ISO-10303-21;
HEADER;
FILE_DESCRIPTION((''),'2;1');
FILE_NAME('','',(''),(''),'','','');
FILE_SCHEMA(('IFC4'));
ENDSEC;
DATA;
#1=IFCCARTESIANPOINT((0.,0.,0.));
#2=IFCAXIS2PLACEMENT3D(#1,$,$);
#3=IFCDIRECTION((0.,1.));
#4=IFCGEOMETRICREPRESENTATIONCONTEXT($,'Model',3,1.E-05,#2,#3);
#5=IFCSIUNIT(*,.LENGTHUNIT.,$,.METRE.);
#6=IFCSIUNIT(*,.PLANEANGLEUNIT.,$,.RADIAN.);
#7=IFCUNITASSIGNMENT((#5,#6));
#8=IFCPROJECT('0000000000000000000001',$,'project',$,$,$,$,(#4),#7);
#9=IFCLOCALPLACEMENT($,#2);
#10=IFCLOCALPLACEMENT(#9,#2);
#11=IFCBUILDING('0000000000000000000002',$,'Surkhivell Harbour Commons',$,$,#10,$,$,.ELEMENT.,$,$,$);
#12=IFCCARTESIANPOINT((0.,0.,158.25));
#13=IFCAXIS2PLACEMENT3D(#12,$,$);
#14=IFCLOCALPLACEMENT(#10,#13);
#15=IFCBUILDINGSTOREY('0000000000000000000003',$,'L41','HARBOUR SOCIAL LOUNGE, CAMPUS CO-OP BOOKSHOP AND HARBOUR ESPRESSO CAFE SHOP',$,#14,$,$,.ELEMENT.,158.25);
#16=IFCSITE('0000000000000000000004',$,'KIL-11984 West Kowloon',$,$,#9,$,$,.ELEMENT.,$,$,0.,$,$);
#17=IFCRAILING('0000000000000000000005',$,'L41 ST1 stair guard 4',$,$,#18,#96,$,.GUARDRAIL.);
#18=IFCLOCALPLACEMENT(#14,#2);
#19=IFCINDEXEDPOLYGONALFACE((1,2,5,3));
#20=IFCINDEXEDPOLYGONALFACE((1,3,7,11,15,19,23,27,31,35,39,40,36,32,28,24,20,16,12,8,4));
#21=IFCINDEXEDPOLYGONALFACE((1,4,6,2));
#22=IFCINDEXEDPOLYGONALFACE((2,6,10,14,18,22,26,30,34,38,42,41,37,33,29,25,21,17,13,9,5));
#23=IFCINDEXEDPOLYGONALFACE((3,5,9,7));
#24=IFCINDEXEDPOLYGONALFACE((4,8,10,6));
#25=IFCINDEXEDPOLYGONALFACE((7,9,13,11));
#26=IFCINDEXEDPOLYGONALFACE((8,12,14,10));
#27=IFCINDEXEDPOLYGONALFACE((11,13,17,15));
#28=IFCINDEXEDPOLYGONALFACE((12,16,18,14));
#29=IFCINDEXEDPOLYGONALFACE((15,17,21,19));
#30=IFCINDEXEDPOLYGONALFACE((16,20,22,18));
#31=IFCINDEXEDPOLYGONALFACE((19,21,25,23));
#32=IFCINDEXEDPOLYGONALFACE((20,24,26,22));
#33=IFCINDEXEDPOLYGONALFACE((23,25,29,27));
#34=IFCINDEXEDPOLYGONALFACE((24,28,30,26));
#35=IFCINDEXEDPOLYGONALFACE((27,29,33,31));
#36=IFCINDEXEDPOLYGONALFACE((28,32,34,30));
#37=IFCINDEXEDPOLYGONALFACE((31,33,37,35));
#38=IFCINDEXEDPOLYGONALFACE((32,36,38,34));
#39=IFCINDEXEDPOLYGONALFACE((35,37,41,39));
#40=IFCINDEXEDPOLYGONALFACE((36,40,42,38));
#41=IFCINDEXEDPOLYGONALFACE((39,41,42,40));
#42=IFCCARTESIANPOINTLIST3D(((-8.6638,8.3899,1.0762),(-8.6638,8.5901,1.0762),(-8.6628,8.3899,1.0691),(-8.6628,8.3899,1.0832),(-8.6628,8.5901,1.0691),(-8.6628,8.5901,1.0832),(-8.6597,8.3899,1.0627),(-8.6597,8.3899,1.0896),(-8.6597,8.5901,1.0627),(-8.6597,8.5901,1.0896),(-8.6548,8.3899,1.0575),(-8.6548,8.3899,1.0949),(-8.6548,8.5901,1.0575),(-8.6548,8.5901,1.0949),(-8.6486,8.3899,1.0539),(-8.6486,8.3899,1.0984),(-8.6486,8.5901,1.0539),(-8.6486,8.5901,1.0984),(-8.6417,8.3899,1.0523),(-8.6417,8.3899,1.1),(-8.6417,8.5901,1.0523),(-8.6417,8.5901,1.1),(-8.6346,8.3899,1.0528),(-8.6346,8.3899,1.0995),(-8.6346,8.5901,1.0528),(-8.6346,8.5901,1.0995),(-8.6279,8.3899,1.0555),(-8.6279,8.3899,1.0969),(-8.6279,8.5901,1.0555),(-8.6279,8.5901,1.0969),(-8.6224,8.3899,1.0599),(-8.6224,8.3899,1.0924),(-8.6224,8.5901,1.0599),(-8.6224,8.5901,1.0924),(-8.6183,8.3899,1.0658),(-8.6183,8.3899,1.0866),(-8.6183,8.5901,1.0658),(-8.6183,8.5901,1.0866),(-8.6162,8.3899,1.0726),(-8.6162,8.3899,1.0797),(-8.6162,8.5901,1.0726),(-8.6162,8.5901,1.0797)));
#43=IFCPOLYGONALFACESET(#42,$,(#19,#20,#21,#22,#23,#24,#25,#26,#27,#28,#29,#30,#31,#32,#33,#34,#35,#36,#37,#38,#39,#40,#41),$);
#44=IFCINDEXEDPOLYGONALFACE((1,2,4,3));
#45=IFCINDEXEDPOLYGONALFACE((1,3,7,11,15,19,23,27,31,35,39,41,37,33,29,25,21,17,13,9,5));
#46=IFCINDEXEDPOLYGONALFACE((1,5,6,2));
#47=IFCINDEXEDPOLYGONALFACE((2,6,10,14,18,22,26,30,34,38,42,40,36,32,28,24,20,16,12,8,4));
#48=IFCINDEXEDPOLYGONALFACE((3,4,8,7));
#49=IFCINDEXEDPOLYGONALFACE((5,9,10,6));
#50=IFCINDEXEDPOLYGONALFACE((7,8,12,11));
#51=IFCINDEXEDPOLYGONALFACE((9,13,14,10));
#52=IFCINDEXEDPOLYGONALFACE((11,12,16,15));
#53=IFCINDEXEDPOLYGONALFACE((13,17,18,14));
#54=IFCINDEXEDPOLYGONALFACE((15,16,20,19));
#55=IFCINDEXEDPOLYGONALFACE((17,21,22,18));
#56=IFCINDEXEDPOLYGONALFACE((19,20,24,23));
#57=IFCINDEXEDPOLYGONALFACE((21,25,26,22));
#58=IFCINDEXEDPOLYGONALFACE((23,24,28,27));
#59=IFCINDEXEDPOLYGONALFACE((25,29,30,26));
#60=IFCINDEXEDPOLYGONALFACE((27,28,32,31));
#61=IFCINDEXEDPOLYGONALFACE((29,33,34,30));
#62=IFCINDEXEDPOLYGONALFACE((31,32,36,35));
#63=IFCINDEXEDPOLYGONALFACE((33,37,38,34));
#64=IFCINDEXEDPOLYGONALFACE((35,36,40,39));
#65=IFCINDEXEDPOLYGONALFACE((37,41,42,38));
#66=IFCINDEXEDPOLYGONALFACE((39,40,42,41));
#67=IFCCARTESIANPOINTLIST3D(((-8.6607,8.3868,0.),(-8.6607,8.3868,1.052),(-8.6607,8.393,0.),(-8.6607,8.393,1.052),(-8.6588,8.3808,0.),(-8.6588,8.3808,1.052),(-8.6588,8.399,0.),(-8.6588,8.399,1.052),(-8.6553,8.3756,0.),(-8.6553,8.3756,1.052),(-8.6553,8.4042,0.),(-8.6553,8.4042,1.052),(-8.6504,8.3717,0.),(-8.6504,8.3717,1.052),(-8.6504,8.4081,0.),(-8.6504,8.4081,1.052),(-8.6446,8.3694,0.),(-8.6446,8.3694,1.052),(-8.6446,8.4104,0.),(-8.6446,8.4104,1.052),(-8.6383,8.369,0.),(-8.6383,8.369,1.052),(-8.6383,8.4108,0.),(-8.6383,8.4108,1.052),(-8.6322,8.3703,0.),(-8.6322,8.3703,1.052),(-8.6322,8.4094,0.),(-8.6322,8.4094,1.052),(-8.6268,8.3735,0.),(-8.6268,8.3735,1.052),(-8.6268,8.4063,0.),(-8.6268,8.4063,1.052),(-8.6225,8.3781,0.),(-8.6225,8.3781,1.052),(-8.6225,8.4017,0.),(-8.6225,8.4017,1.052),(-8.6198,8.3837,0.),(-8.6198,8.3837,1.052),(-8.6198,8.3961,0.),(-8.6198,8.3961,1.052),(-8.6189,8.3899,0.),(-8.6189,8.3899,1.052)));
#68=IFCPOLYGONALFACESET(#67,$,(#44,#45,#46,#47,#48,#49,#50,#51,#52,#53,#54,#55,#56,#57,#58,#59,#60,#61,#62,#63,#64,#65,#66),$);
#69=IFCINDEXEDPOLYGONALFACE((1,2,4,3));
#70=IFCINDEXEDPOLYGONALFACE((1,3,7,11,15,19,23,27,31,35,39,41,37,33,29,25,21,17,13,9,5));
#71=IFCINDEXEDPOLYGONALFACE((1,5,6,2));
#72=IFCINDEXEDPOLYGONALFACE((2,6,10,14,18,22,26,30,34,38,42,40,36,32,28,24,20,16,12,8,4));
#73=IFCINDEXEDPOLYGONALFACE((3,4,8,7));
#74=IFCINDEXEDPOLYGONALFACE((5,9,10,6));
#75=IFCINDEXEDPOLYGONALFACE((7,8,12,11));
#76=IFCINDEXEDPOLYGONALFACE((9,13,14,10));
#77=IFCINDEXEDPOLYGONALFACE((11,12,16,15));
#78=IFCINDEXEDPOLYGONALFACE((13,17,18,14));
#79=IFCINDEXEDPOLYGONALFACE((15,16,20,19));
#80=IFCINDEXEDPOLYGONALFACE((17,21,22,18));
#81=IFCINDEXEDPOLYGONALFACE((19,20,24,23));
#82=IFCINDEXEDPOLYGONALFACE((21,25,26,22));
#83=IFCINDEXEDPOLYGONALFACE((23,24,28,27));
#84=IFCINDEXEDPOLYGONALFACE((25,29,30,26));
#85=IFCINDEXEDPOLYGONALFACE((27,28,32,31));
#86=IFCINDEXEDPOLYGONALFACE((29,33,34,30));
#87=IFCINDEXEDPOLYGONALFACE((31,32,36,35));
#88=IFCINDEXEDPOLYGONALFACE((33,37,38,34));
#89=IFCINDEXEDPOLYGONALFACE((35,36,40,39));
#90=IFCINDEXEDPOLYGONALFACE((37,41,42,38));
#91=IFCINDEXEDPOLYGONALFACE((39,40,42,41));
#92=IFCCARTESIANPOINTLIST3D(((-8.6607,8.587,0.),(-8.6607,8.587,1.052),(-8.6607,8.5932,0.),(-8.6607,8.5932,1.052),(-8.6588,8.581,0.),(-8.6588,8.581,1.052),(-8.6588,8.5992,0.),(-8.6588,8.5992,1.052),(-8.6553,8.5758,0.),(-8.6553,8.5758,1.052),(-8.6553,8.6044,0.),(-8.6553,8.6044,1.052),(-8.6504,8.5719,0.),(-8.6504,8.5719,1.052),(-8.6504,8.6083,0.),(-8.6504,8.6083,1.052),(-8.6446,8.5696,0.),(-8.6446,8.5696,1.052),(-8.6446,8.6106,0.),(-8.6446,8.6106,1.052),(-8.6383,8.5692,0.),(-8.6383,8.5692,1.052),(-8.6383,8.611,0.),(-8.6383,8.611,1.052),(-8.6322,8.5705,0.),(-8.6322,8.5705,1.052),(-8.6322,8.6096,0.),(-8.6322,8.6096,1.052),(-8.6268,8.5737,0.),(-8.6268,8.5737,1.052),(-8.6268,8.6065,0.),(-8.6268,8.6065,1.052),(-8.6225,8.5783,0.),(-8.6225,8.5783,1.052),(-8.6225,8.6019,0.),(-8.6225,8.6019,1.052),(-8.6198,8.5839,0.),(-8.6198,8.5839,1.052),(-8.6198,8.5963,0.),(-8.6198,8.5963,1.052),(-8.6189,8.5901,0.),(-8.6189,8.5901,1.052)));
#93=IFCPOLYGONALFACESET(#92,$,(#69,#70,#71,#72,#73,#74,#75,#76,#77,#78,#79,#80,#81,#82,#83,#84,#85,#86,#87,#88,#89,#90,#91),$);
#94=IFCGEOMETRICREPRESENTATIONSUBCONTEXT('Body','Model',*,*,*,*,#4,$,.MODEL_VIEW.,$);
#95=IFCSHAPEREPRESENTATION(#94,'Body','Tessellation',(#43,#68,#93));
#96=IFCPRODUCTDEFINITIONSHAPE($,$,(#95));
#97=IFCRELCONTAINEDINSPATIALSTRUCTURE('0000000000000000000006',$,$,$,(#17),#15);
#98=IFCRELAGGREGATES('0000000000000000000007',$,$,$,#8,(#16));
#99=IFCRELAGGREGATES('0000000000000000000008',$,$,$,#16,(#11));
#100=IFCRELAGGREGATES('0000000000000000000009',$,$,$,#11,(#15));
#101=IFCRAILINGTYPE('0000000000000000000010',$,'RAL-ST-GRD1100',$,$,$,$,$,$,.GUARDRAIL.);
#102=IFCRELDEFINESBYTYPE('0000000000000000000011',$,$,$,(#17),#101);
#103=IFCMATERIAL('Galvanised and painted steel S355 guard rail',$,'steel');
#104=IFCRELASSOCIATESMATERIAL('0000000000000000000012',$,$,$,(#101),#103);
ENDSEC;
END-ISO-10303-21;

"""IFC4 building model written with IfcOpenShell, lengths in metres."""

from ifc_helpers import new_model, si_unit, direction, frame, origin, origin_2d, place, context, subcontext, project, spatial, circle, extrude, material, type_object, element, save


model = new_model("IFC4")

# Units and contexts
model_context = context("Model", 3, precision=1e-05, world=origin(), true_north=direction((0.0, 1.0)))
body_context = subcontext(model_context, "Body", "Model", "MODEL_VIEW")
ifc_project = project(units=[si_unit("LENGTHUNIT", "METRE"), si_unit("PLANEANGLEUNIT", "RADIAN")], contexts=[model_context])

# Site, building, storey
site_placement = place(None, origin())
site = spatial("IfcSite", under=ifc_project, at=site_placement, Name="KIL-11984 West Kowloon", CompositionType="ELEMENT", RefElevation=0.0)
building_placement = place(site_placement, origin())
building = spatial("IfcBuilding", under=site, at=building_placement, Name="Surkhivell Harbour Commons", CompositionType="ELEMENT")
storey_placement = place(building_placement, frame((0.0, 0.0, 158.25)))
storey = spatial("IfcBuildingStorey", under=building, at=storey_placement, Name="L41", Description="HARBOUR SOCIAL LOUNGE, CAMPUS CO-OP BOOKSHOP AND HARBOUR ESPRESSO CAFE SHOP", CompositionType="ELEMENT", Elevation=158.25)

# Railing
ifc_material_1 = material(Name="Galvanised and painted steel S355 guard rail", Category="steel")
railing_type_1 = type_object("IfcRailingType", Name="RAL-ST-GRD1100", PredefinedType="GUARDRAIL", material=ifc_material_1)
railing_1_placement = place(storey_placement, frame((-8.6399, 8.3899, 0.0)))
element("IfcRailing", 1, at=railing_1_placement, inside=storey, type_object=railing_type_1, Name="L41 ST1 stair guard 4", PredefinedType="GUARDRAIL", context=body_context, shape_type="SweptSolid", body=[
    extrude(circle(Radius=0.0239, at=origin_2d()), frame((0.0, 0.0, 1.0762), z_axis=(0.0, 1.0, 0.0), x_axis=(-1.0, 0.0, 0.0)), (0.0, 0.0, 1.0), 0.2002),
    extrude(circle(Radius=0.021, at=origin_2d()), origin(), (0.0, 0.0, 1.0), 1.052),
    extrude(circle(Radius=0.021, at=origin_2d()), frame((0.0, 0.2002, 0.0)), (0.0, 0.0, 1.0), 1.052),
])

save(model, "model.ifc")
